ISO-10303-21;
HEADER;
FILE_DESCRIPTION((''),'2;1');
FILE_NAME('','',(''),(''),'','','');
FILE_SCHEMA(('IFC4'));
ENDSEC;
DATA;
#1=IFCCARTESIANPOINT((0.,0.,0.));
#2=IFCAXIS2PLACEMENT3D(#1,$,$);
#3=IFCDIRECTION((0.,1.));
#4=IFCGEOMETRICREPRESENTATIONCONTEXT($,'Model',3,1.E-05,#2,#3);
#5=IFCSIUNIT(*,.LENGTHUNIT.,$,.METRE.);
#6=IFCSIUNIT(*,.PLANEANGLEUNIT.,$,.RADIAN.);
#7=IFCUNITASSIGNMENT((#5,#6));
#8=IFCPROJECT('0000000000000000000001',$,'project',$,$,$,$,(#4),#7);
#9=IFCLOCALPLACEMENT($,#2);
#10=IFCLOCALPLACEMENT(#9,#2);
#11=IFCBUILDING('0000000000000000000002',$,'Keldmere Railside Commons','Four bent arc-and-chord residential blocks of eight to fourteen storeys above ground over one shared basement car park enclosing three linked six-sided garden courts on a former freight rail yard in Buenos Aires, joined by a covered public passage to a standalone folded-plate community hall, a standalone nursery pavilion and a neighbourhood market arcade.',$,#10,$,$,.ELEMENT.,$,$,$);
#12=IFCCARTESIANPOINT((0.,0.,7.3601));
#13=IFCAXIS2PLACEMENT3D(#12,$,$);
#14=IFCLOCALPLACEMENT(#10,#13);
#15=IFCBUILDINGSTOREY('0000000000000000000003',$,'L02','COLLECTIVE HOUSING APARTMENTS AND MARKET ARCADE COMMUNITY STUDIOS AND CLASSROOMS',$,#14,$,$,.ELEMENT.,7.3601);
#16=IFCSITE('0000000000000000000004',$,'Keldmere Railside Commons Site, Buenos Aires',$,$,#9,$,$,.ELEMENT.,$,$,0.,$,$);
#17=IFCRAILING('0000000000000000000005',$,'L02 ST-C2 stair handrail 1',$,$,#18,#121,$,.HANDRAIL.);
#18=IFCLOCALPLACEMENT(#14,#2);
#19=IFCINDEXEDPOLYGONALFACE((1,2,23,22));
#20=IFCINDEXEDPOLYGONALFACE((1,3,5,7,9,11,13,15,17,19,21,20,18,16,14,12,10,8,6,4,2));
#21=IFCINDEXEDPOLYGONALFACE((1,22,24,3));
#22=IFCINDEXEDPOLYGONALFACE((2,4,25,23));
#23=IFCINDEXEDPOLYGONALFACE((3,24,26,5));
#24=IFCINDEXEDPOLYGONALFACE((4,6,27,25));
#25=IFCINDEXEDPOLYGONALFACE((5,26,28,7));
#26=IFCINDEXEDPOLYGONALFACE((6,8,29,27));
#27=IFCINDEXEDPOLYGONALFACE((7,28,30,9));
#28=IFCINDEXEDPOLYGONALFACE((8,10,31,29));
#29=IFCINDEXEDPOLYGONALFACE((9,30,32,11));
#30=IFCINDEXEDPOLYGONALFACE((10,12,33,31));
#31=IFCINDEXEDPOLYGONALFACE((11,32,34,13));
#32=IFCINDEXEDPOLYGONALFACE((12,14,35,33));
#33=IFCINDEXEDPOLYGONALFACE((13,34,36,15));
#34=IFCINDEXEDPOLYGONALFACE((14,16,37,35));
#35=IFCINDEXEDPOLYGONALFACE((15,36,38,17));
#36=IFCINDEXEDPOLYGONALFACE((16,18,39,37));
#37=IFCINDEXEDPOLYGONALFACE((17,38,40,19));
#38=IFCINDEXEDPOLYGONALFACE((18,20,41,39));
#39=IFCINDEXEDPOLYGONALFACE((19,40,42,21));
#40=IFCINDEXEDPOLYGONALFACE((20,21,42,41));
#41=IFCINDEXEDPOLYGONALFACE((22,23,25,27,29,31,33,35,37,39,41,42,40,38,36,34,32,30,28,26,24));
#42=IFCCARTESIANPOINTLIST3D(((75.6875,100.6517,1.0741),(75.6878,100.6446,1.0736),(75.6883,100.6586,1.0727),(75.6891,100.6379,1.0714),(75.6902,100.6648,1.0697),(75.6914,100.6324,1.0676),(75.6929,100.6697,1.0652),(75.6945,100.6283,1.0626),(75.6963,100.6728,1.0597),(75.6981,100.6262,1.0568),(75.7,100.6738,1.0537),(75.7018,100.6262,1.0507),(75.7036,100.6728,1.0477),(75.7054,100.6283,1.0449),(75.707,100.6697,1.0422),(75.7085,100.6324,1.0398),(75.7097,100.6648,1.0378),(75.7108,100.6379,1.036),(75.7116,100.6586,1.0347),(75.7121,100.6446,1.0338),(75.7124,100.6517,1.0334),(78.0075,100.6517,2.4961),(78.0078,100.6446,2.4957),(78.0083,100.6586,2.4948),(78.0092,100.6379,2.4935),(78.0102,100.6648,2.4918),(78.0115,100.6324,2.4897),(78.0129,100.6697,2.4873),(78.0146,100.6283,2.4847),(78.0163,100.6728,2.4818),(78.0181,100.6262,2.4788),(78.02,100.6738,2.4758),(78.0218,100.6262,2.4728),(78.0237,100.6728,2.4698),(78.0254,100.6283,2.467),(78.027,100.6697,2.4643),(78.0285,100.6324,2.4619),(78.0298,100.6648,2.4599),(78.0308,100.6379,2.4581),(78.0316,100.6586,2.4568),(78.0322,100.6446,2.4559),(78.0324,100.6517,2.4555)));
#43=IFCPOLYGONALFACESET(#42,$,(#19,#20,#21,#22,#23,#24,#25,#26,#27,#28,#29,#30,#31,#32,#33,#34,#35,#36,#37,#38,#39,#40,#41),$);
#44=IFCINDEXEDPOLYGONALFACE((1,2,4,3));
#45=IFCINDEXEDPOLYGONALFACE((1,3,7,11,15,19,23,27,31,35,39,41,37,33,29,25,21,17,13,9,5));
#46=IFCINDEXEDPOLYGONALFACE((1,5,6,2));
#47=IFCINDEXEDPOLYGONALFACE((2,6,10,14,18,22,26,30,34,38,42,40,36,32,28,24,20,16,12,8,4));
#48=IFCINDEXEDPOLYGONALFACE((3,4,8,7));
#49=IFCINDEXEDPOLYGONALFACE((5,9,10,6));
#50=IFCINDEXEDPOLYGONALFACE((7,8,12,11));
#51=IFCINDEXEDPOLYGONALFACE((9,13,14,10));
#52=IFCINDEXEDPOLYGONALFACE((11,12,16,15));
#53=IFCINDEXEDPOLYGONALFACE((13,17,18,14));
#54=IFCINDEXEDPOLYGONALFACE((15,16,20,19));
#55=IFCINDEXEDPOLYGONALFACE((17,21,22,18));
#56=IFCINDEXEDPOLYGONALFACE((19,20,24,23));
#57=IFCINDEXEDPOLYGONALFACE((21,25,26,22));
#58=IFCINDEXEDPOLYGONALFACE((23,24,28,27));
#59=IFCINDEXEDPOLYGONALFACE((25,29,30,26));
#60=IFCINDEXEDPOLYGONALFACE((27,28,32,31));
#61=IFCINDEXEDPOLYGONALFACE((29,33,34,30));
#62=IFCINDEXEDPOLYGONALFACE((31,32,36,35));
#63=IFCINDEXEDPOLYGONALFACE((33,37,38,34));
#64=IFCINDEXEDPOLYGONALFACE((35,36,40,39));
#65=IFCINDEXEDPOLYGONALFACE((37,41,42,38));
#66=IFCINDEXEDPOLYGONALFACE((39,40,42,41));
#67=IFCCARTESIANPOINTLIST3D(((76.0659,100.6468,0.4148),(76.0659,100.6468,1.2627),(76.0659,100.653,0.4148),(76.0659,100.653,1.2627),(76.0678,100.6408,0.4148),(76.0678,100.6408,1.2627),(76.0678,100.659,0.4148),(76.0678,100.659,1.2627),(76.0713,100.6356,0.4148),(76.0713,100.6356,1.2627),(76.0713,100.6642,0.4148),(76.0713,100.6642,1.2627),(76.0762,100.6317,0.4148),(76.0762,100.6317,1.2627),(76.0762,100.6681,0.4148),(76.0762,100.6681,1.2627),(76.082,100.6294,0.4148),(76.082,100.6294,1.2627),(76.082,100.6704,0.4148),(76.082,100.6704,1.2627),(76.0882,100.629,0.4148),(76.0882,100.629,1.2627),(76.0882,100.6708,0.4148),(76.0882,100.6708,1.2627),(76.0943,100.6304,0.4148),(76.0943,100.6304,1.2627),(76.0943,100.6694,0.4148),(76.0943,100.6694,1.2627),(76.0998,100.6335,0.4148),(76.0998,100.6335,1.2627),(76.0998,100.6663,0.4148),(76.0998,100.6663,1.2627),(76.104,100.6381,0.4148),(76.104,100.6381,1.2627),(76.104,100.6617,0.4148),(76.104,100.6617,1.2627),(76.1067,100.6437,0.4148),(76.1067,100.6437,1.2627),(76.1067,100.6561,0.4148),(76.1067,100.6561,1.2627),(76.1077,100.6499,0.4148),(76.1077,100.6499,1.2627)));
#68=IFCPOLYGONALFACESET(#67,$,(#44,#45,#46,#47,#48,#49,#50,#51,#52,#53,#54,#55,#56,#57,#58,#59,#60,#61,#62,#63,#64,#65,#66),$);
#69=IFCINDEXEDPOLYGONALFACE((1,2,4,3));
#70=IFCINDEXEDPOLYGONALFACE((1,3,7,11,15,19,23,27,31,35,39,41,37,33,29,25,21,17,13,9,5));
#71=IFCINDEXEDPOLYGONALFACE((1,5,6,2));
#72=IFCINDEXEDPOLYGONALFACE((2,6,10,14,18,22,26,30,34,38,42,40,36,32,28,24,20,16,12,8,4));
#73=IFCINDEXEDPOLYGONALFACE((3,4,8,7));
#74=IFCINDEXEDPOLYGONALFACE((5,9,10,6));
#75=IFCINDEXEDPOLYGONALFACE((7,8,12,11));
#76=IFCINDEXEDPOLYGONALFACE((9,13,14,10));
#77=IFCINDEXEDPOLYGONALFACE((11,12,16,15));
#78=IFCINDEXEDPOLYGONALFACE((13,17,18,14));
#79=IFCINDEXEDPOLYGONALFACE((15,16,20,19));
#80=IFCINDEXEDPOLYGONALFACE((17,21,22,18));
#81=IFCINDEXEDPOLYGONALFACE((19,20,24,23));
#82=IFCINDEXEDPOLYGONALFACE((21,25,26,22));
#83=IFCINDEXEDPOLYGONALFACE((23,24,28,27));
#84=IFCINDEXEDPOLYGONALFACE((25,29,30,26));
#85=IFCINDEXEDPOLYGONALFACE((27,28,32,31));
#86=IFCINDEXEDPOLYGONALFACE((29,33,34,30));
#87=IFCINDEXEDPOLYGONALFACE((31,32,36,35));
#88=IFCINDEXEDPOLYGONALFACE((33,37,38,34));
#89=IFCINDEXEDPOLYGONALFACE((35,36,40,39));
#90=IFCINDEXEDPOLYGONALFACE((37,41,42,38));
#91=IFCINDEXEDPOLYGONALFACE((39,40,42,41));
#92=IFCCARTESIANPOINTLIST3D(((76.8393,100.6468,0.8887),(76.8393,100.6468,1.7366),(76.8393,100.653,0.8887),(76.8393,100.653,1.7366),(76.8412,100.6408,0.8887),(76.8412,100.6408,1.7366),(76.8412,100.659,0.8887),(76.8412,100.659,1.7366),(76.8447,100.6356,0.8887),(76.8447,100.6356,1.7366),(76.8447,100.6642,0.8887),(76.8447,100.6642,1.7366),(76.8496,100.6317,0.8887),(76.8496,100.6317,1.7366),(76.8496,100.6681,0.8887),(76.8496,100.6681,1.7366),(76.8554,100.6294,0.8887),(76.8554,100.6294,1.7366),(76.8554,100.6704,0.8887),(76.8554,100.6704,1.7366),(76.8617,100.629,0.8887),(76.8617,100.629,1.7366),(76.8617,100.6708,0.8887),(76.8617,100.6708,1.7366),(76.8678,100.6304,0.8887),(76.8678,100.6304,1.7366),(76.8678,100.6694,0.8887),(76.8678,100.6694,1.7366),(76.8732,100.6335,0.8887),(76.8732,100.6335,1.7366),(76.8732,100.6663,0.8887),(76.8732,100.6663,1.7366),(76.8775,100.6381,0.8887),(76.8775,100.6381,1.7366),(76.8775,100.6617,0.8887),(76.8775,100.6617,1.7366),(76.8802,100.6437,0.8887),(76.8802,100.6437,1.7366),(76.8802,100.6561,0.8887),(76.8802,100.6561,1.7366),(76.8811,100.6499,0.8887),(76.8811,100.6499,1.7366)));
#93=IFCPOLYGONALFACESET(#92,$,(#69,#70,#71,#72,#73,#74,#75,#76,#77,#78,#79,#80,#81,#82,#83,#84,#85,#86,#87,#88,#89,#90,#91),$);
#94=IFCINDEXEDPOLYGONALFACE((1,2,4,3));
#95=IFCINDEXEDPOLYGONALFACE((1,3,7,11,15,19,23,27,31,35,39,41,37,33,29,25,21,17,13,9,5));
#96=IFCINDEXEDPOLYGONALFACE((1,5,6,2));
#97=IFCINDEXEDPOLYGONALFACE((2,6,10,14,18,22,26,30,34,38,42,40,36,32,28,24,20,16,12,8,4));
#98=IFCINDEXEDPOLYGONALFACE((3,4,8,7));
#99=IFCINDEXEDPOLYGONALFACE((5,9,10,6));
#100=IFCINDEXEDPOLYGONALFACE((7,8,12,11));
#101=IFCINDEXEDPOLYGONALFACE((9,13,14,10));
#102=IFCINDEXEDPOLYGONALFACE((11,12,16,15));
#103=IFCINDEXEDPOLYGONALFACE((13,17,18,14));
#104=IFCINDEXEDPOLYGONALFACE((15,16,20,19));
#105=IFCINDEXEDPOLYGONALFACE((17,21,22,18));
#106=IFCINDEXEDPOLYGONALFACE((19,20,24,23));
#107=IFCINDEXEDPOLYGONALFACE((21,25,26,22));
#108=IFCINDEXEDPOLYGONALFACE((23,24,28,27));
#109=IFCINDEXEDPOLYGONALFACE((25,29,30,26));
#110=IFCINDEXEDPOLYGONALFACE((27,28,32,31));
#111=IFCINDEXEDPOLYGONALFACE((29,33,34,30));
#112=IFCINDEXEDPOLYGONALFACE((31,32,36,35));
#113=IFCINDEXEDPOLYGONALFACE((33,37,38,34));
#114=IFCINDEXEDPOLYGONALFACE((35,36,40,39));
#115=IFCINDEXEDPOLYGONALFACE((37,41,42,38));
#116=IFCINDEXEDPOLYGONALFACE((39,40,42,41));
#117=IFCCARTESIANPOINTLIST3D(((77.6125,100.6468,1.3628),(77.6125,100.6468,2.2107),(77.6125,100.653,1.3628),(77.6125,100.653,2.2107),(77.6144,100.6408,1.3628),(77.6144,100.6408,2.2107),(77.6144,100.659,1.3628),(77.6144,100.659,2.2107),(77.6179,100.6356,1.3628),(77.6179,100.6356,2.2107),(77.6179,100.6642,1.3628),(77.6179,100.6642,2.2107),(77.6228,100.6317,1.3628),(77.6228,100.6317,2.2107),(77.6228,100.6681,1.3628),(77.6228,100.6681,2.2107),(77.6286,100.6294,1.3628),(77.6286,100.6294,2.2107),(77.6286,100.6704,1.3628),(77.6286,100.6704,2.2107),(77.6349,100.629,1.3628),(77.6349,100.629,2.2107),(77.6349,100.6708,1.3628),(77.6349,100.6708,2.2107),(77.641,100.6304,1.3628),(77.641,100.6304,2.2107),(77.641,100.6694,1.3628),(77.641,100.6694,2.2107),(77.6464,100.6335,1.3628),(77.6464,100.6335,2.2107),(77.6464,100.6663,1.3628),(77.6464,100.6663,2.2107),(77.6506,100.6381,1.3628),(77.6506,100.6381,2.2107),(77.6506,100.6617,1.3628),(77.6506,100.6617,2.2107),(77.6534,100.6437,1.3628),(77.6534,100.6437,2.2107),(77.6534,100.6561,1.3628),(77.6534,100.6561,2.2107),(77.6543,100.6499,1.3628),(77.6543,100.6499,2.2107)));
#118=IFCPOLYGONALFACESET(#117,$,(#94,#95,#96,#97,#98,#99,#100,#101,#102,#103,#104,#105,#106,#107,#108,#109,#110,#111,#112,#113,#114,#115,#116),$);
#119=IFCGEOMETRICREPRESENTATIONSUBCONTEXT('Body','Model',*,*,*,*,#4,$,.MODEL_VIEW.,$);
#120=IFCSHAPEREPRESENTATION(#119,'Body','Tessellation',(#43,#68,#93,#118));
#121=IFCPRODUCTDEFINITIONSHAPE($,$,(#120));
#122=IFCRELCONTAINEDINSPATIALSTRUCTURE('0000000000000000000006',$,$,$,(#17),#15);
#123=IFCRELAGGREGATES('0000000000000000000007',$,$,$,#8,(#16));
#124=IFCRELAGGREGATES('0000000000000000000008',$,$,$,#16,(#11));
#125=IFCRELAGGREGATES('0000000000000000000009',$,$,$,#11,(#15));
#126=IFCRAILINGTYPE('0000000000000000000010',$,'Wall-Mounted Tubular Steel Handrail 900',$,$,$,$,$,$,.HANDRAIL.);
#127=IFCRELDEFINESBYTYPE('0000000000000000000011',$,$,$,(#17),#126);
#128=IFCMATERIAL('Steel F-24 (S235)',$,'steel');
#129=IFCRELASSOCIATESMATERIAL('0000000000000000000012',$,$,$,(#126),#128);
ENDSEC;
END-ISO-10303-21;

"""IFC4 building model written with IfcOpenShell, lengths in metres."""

from ifc_helpers import new_model, si_unit, direction, frame, origin, origin_2d, place, context, subcontext, project, spatial, circle, extrude, material, type_object, element, save


model = new_model("IFC4")

# Units and contexts
model_context = context("Model", 3, precision=1e-05, world=origin(), true_north=direction((0.0, 1.0)))
body_context = subcontext(model_context, "Body", "Model", "MODEL_VIEW")
ifc_project = project(units=[si_unit("LENGTHUNIT", "METRE"), si_unit("PLANEANGLEUNIT", "RADIAN")], contexts=[model_context])

# Site, building, storey
site_placement = place(None, origin())
site = spatial("IfcSite", under=ifc_project, at=site_placement, Name="Keldmere Railside Commons Site, Buenos Aires", CompositionType="ELEMENT", RefElevation=0.0)
building_placement = place(site_placement, origin())
building = spatial("IfcBuilding", under=site, at=building_placement, Name="Keldmere Railside Commons", Description="Four bent arc-and-chord residential blocks of eight to fourteen storeys above ground over one shared basement car park enclosing three linked six-sided garden courts on a former freight rail yard in Buenos Aires, joined by a covered public passage to a standalone folded-plate community hall, a standalone nursery pavilion and a neighbourhood market arcade.", CompositionType="ELEMENT")
storey_placement = place(building_placement, frame((0.0, 0.0, 7.3601)))
storey = spatial("IfcBuildingStorey", under=building, at=storey_placement, Name="L02", Description="COLLECTIVE HOUSING APARTMENTS AND MARKET ARCADE COMMUNITY STUDIOS AND CLASSROOMS", CompositionType="ELEMENT", Elevation=7.3601)

# Railing
ifc_material_1 = material(Name="Steel F-24 (S235)", Category="steel")
railing_type_1 = type_object("IfcRailingType", Name="Wall-Mounted Tubular Steel Handrail 900", PredefinedType="HANDRAIL", material=ifc_material_1)
railing_1_placement = place(storey_placement, frame((75.7, 100.6499, 0.1777)))
element("IfcRailing", 1, at=railing_1_placement, inside=storey, type_object=railing_type_1, Name="L02 ST-C2 stair handrail 1", PredefinedType="HANDRAIL", context=body_context, shape_type="SweptSolid", body=[
    extrude(circle(Radius=0.0239, at=origin_2d()), frame((0.0, 0.0, 0.876), z_axis=(0.852578, 0.0, 0.5226), x_axis=(0.0, 1.0, 0.0)), (0.0, 0.0, 1.0), 2.7212),
    extrude(circle(Radius=0.021, at=origin_2d()), frame((0.3867, 0.0, 0.2371)), (0.0, 0.0, 1.0), 0.8479),
    extrude(circle(Radius=0.021, at=origin_2d()), frame((1.1602, 0.0, 0.7109)), (0.0, 0.0, 1.0), 0.8479),
    extrude(circle(Radius=0.021, at=origin_2d()), frame((1.9333, 0.0, 1.1851)), (0.0, 0.0, 1.0), 0.8479),
])

save(model, "model.ifc")
